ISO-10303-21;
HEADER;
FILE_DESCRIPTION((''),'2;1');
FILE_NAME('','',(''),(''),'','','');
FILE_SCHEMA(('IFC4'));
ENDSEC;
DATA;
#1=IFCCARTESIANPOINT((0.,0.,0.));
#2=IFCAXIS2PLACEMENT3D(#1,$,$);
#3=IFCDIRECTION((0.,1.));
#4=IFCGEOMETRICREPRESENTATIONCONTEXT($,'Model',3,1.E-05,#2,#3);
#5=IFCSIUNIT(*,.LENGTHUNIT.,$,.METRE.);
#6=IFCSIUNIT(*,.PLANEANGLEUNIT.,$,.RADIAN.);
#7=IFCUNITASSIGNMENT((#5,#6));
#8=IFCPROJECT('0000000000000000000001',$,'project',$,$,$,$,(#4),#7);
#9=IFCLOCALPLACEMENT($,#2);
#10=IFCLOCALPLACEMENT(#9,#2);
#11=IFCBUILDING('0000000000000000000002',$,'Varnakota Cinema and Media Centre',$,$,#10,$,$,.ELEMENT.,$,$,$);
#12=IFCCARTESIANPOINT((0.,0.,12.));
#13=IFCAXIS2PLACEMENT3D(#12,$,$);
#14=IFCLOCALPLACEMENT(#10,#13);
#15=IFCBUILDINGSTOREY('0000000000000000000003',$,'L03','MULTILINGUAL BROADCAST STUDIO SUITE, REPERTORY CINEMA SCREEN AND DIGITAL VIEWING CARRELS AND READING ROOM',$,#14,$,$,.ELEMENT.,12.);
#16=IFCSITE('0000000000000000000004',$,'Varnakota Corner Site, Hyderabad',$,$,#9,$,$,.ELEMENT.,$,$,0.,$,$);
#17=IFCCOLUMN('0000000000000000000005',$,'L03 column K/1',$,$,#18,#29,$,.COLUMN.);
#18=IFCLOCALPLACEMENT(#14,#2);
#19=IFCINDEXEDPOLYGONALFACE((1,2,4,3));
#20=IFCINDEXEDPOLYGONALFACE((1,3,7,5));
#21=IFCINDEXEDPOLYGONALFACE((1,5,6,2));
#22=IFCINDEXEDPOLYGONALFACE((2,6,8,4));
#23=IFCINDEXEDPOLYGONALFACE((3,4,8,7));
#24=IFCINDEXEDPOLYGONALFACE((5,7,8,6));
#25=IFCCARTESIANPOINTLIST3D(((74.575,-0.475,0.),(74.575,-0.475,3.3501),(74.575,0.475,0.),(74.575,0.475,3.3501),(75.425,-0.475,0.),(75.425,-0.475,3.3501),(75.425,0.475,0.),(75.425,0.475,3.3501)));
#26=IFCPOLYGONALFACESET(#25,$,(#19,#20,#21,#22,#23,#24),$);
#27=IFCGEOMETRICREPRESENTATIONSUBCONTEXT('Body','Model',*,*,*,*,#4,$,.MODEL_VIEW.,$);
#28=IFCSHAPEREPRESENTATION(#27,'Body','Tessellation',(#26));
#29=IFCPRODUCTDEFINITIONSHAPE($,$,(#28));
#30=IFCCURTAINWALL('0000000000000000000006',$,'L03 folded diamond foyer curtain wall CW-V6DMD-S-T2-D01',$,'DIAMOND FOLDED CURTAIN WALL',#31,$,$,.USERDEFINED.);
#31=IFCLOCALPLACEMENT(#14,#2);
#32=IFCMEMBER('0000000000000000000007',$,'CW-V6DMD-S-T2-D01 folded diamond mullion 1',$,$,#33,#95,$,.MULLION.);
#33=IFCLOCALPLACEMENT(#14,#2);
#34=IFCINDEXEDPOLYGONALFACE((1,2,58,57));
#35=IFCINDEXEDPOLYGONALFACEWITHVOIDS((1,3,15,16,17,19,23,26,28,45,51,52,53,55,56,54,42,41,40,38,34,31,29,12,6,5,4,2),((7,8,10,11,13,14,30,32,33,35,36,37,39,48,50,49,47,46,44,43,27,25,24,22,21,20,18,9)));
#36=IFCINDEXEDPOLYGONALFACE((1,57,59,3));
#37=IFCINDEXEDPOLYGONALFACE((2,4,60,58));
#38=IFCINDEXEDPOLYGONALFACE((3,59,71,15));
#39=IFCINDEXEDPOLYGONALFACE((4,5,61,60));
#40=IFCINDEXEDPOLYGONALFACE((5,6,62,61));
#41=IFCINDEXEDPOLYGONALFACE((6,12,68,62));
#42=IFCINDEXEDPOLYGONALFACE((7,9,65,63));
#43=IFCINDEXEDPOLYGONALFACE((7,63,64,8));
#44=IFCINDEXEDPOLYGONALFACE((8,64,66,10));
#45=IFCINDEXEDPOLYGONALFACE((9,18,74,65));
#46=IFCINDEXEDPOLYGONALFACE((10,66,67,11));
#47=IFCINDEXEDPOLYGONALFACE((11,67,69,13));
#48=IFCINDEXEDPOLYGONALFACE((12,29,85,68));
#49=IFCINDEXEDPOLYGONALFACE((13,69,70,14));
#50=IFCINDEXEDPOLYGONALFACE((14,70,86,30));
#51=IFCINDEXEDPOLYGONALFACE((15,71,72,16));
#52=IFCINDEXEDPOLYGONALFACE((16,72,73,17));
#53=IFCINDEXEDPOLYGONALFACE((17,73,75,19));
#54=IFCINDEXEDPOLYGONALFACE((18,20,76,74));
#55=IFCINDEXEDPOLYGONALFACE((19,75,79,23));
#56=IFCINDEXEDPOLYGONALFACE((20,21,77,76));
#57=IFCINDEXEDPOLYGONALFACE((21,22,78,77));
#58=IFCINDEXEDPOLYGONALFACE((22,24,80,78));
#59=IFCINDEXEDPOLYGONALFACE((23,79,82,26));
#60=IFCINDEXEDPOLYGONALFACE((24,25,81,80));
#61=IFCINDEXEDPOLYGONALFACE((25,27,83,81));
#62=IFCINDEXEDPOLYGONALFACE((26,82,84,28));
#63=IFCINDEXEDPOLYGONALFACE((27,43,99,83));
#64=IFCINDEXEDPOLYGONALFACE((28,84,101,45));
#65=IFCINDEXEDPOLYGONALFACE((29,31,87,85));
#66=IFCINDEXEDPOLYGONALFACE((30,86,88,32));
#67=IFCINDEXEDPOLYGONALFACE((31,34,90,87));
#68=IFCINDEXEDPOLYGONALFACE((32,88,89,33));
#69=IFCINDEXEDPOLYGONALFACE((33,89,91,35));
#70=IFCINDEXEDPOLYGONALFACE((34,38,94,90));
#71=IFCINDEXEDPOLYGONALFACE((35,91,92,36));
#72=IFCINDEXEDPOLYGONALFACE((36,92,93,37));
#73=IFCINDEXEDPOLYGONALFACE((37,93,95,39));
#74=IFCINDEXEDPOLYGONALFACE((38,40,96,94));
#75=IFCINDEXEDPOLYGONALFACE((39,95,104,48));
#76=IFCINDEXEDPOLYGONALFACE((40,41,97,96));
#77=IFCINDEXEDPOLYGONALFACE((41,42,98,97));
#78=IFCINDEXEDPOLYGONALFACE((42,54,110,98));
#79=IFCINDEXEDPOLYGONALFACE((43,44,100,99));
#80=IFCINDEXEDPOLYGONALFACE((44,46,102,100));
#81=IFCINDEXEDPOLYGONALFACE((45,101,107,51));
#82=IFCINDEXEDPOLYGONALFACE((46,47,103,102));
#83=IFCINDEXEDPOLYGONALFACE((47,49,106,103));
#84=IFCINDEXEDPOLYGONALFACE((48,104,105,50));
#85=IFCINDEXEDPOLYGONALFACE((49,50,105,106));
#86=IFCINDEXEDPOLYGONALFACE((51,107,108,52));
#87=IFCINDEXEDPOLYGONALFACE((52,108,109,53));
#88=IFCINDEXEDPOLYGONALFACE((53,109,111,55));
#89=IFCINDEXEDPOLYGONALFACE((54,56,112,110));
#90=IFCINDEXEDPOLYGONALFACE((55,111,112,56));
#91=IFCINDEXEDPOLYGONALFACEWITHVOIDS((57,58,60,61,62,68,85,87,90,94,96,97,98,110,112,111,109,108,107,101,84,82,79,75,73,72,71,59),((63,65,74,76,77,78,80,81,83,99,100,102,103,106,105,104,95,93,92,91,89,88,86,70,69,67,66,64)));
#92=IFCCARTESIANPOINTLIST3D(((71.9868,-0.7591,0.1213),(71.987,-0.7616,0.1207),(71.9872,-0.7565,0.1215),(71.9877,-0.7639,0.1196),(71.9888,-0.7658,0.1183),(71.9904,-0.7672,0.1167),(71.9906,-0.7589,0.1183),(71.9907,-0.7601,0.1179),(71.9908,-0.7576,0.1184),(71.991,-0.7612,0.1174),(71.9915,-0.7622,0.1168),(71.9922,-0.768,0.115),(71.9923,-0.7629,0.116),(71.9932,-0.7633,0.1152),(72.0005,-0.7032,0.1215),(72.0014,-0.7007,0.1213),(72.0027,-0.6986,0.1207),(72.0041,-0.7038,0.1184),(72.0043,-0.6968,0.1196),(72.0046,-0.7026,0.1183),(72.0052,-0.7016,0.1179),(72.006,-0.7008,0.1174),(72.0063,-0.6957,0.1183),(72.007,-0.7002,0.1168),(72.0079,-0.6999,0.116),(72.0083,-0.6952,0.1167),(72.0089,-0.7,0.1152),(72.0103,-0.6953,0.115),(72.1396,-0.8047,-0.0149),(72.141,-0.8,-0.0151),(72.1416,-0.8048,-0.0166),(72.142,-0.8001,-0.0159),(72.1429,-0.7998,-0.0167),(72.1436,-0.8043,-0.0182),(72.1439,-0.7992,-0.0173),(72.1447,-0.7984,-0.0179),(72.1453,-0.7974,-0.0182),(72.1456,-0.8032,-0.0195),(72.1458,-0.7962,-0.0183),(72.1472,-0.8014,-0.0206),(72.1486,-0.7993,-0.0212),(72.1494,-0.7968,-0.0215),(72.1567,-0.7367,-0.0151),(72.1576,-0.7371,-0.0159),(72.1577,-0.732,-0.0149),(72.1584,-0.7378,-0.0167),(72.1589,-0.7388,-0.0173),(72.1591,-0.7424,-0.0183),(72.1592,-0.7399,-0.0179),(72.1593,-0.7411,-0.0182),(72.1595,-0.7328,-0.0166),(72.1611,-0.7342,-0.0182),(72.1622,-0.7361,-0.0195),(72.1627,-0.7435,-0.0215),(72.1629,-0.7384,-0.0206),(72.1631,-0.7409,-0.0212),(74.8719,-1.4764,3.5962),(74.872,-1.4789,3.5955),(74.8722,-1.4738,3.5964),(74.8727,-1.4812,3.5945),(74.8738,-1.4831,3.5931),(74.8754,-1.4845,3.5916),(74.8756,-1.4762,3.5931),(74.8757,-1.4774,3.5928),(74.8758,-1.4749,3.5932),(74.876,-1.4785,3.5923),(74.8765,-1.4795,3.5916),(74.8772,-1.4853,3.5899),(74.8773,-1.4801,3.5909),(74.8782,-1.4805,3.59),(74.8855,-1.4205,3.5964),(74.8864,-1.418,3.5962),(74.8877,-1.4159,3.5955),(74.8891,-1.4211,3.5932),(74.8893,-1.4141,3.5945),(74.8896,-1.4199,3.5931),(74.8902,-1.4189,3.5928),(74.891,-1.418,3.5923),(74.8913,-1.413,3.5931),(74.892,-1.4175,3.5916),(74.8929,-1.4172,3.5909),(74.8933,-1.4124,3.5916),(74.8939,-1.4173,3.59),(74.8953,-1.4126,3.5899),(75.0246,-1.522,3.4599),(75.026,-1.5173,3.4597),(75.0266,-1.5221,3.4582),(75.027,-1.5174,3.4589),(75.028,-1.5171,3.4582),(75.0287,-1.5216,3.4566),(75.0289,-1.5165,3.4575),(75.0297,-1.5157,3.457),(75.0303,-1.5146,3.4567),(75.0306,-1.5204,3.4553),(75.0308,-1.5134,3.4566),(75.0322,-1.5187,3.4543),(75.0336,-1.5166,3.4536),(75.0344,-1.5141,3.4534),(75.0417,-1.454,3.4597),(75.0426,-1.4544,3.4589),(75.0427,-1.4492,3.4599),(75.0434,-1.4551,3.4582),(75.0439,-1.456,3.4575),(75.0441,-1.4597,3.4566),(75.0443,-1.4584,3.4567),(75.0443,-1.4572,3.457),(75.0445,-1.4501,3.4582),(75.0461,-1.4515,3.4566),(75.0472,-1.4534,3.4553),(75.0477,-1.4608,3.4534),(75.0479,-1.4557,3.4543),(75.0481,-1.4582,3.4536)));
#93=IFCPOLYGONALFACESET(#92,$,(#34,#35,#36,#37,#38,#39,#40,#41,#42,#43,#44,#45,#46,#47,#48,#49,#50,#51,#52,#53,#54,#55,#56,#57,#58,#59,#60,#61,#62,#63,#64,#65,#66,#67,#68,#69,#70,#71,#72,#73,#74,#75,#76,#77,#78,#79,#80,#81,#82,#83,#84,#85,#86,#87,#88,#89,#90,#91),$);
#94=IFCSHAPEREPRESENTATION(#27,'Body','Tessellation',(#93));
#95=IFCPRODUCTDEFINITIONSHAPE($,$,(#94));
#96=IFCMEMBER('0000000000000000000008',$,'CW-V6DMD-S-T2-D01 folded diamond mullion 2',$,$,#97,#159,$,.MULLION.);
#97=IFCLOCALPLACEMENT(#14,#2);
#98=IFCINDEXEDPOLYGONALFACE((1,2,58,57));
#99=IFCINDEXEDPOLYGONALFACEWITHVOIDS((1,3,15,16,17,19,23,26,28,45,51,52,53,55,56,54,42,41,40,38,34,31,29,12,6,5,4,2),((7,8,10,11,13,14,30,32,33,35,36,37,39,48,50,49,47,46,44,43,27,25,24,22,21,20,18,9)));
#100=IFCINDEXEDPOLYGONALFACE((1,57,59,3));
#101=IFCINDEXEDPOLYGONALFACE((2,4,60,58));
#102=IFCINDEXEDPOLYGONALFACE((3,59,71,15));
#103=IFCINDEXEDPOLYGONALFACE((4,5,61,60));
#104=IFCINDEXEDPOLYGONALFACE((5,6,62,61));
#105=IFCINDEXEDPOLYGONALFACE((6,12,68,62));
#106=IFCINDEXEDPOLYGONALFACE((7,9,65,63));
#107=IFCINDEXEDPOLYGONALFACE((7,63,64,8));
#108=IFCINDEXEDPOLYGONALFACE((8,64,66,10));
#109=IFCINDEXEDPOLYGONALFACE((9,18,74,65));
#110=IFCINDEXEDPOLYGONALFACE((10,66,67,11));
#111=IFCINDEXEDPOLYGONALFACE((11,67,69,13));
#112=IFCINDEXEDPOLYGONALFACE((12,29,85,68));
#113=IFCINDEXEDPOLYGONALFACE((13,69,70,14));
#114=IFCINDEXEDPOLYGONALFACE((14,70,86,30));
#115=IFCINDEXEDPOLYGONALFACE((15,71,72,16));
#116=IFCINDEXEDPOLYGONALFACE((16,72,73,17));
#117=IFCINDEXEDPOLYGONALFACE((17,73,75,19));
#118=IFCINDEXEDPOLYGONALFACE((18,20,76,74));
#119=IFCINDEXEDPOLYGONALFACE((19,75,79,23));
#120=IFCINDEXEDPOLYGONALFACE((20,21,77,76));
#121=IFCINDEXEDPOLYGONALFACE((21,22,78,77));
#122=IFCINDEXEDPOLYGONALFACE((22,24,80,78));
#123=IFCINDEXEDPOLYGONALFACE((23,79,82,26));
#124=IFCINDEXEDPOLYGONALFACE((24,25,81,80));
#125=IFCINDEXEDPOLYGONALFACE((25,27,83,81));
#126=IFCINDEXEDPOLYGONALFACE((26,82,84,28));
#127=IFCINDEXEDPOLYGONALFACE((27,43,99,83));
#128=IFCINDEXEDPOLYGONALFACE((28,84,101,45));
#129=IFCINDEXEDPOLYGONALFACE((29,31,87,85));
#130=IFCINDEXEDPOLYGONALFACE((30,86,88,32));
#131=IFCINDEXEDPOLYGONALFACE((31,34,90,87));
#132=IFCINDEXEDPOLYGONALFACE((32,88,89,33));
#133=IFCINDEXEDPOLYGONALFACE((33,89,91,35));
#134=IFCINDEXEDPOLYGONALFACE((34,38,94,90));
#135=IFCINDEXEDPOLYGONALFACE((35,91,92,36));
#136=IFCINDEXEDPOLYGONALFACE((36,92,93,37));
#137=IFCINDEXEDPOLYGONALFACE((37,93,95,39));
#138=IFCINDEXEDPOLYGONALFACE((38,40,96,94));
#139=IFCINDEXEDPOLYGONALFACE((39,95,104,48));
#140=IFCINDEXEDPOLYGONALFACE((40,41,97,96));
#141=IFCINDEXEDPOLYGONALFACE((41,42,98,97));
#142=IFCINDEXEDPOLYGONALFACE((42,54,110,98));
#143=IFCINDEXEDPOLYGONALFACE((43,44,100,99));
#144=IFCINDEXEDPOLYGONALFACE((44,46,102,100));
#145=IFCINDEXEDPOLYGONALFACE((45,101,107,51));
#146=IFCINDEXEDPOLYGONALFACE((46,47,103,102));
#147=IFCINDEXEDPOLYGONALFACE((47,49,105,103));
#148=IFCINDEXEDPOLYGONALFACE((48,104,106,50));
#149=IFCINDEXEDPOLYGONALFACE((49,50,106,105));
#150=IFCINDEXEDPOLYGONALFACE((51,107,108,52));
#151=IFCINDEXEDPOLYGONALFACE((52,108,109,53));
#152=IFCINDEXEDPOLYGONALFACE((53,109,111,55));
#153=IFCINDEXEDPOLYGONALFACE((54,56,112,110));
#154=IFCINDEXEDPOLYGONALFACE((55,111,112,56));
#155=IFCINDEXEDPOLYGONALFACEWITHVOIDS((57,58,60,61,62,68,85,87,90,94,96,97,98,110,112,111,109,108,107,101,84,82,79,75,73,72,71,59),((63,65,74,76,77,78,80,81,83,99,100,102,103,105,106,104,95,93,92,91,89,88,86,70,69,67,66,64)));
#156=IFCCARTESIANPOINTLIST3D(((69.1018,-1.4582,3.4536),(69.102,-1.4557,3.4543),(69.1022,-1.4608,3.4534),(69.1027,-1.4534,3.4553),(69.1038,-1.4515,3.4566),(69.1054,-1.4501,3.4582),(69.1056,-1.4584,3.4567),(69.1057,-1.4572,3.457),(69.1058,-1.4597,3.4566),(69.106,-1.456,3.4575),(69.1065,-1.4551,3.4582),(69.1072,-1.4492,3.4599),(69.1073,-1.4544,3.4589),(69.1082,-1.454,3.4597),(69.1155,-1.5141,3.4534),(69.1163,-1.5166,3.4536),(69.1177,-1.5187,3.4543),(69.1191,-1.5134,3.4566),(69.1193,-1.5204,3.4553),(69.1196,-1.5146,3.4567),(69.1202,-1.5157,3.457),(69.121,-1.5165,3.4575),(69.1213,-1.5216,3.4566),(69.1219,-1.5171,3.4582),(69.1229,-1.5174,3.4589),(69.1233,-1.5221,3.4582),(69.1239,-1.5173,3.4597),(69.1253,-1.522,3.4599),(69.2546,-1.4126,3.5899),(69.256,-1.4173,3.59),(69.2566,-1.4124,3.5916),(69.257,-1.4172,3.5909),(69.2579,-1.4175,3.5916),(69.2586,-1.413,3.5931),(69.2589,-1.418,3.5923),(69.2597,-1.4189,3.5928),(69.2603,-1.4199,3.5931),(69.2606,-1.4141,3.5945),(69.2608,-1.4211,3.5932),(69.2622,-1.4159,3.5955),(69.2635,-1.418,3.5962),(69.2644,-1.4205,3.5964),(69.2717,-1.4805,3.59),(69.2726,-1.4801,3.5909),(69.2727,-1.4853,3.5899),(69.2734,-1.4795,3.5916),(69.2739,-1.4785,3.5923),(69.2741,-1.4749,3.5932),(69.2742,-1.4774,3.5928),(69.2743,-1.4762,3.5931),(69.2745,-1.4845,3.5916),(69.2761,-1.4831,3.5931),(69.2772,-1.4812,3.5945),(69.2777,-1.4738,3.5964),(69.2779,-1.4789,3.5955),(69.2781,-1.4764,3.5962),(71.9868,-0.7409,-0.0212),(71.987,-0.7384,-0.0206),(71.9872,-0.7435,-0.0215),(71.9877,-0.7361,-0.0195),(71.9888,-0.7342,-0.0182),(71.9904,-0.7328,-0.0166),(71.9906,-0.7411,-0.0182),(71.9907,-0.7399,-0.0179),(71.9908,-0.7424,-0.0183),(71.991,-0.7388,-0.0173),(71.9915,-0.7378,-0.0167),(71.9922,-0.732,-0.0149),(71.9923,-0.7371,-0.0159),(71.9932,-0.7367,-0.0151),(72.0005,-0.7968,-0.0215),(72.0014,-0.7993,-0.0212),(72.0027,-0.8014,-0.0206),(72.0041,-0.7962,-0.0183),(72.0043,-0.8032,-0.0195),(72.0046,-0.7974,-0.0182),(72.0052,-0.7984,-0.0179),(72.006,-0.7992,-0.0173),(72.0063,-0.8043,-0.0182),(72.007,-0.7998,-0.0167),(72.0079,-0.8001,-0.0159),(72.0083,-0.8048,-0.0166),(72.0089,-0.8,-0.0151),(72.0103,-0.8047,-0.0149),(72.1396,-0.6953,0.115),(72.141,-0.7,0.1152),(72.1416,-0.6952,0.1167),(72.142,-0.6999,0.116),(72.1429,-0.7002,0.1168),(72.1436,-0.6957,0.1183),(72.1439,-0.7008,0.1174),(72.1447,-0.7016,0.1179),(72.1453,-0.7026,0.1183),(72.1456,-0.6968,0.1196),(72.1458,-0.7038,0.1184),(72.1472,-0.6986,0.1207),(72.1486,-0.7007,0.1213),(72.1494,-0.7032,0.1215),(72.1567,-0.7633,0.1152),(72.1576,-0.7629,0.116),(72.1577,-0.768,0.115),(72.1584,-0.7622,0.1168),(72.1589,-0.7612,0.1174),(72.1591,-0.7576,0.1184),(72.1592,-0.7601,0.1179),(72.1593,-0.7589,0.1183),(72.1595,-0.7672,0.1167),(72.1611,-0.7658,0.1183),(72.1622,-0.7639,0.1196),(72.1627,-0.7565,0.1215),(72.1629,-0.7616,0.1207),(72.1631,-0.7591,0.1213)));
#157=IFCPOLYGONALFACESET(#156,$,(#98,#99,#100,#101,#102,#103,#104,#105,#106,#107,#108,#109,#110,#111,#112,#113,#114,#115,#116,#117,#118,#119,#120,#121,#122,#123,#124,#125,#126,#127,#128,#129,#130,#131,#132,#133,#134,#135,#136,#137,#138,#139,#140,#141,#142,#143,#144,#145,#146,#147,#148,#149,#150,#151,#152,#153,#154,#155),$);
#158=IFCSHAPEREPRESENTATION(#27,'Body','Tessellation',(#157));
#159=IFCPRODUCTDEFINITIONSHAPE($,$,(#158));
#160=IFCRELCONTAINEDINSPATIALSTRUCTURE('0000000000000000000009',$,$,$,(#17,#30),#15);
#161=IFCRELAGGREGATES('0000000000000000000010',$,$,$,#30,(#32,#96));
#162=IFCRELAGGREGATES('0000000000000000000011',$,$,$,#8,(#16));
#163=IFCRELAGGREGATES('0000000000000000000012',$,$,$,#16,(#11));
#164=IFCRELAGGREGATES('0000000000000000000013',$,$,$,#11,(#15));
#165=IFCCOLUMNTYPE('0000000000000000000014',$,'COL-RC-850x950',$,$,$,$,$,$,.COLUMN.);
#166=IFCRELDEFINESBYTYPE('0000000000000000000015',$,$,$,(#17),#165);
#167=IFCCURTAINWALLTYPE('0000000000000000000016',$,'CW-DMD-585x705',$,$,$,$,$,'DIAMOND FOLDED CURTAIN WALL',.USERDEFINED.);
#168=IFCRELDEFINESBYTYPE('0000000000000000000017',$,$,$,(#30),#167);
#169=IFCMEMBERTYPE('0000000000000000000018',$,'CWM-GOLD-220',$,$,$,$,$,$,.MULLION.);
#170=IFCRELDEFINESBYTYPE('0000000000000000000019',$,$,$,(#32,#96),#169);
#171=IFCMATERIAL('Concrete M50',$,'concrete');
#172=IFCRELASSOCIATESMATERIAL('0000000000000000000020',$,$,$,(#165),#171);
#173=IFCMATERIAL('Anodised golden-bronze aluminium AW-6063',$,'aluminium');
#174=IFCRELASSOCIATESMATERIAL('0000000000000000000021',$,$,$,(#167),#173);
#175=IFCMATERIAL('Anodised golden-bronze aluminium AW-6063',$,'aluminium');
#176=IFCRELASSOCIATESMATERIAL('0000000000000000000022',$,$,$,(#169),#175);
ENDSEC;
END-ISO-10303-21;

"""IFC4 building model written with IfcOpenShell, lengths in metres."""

from ifc_helpers import new_model, si_unit, direction, frame, origin, origin_2d, place, context, subcontext, project, spatial, rectangle, hollow_rectangle, extrude, material, material_profile, profile_set, type_object, element, aggregate, save


model = new_model("IFC4")

# Units and contexts
model_context = context("Model", 3, precision=1e-05, world=origin(), true_north=direction((0.0, 1.0)))
body_context = subcontext(model_context, "Body", "Model", "MODEL_VIEW")
ifc_project = project(units=[si_unit("LENGTHUNIT", "METRE"), si_unit("PLANEANGLEUNIT", "RADIAN")], contexts=[model_context])

# Site, building, storey
site_placement = place(None, origin())
site = spatial("IfcSite", under=ifc_project, at=site_placement, Name="Varnakota Corner Site, Hyderabad", CompositionType="ELEMENT", RefElevation=0.0)
building_placement = place(site_placement, origin())
building = spatial("IfcBuilding", under=site, at=building_placement, Name="Varnakota Cinema and Media Centre", CompositionType="ELEMENT")
storey_placement = place(building_placement, frame((0.0, 0.0, 12.0)))
storey = spatial("IfcBuildingStorey", under=building, at=storey_placement, Name="L03", Description="MULTILINGUAL BROADCAST STUDIO SUITE, REPERTORY CINEMA SCREEN AND DIGITAL VIEWING CARRELS AND READING ROOM", CompositionType="ELEMENT", Elevation=12.0)

# Column
ifc_material_1 = material(Name="Concrete M50", Category="concrete")
ifc_material_profile_1 = material_profile(ifc_material_1, rectangle(XDim=0.8501, YDim=0.95, at=origin_2d()), Name="RC 850x950")
ifc_profile_set_1 = profile_set([ifc_material_profile_1], Name="Concrete M50")
column_type = type_object("IfcColumnType", Name="COL-RC-850x950", PredefinedType="COLUMN", material=ifc_profile_set_1)
column_placement = place(storey_placement, frame((75.0, 0.0, 0.0), z_axis=(0.0, 0.0, 1.0), x_axis=(1.0, 0.0, 0.0)))
element("IfcColumn", 1, at=column_placement, inside=storey, type_object=column_type, Name="L03 column K/1", PredefinedType="COLUMN", context=body_context, shape_type="SweptSolid", body=[
    extrude(rectangle(XDim=0.8501, YDim=0.95, at=origin_2d()), origin(), (0.0, 0.0, 1.0), 3.3501),
])

# Curtain wall, members
ifc_material_2 = material(Name="Anodised golden-bronze aluminium AW-6063", Category="aluminium")
curtain_wall_type = type_object("IfcCurtainWallType", Name="CW-DMD-585x705", ElementType="DIAMOND FOLDED CURTAIN WALL", PredefinedType="USERDEFINED", material=ifc_material_2)
curtain_wall_1_placement = place(storey_placement, origin())
curtain_wall_1 = element("IfcCurtainWall", 2, at=curtain_wall_1_placement, inside=storey, type_object=curtain_wall_type, Name="L03 folded diamond foyer curtain wall CW-V6DMD-S-T2-D01", ObjectType="DIAMOND FOLDED CURTAIN WALL", PredefinedType="USERDEFINED")
ifc_material_3 = material(Name="Anodised golden-bronze aluminium AW-6063", Category="aluminium")
ifc_material_profile_2 = material_profile(ifc_material_3, hollow_rectangle(XDim=0.075, YDim=0.22, WallThickness=0.0049, InnerFilletRadius=0.0049, OuterFilletRadius=0.01, at=origin_2d()), Name="AL-MULLION 220x75x5")
ifc_profile_set_2 = profile_set([ifc_material_profile_2], Name="Anodised golden-bronze aluminium AW-6063")
member_type_1 = type_object("IfcMemberType", Name="CWM-GOLD-220", PredefinedType="MULLION", material=ifc_profile_set_2)
member_1_placement = place(storey_placement, frame((72.075, -0.75, 0.05), z_axis=(0.630878, -0.156852, 0.759862), x_axis=(0.241279, 0.970456, 0.0)))
member_1 = element("IfcMember", 3, at=member_1_placement, type_object=member_type_1, Name="CW-V6DMD-S-T2-D01 folded diamond mullion 1", PredefinedType="MULLION", context=body_context, shape_type="SweptSolid", body=[
    extrude(hollow_rectangle(XDim=0.075, YDim=0.22, WallThickness=0.0049, InnerFilletRadius=0.0049, OuterFilletRadius=0.01, at=origin_2d()), origin(), (0.0, 0.0, 1.0), 4.573),
])
member_2_placement = place(storey_placement, frame((72.075, -0.75, 0.05), z_axis=(-0.630878, -0.156852, 0.759862), x_axis=(0.241279, -0.970456, 0.0)))
member_2 = element("IfcMember", 4, at=member_2_placement, type_object=member_type_1, Name="CW-V6DMD-S-T2-D01 folded diamond mullion 2", PredefinedType="MULLION", context=body_context, shape_type="SweptSolid", body=[
    extrude(hollow_rectangle(XDim=0.075, YDim=0.22, WallThickness=0.0049, InnerFilletRadius=0.0049, OuterFilletRadius=0.01, at=origin_2d()), origin(), (0.0, 0.0, 1.0), 4.573),
])

aggregate(curtain_wall_1, [member_1, member_2])

save(model, "model.ifc")
